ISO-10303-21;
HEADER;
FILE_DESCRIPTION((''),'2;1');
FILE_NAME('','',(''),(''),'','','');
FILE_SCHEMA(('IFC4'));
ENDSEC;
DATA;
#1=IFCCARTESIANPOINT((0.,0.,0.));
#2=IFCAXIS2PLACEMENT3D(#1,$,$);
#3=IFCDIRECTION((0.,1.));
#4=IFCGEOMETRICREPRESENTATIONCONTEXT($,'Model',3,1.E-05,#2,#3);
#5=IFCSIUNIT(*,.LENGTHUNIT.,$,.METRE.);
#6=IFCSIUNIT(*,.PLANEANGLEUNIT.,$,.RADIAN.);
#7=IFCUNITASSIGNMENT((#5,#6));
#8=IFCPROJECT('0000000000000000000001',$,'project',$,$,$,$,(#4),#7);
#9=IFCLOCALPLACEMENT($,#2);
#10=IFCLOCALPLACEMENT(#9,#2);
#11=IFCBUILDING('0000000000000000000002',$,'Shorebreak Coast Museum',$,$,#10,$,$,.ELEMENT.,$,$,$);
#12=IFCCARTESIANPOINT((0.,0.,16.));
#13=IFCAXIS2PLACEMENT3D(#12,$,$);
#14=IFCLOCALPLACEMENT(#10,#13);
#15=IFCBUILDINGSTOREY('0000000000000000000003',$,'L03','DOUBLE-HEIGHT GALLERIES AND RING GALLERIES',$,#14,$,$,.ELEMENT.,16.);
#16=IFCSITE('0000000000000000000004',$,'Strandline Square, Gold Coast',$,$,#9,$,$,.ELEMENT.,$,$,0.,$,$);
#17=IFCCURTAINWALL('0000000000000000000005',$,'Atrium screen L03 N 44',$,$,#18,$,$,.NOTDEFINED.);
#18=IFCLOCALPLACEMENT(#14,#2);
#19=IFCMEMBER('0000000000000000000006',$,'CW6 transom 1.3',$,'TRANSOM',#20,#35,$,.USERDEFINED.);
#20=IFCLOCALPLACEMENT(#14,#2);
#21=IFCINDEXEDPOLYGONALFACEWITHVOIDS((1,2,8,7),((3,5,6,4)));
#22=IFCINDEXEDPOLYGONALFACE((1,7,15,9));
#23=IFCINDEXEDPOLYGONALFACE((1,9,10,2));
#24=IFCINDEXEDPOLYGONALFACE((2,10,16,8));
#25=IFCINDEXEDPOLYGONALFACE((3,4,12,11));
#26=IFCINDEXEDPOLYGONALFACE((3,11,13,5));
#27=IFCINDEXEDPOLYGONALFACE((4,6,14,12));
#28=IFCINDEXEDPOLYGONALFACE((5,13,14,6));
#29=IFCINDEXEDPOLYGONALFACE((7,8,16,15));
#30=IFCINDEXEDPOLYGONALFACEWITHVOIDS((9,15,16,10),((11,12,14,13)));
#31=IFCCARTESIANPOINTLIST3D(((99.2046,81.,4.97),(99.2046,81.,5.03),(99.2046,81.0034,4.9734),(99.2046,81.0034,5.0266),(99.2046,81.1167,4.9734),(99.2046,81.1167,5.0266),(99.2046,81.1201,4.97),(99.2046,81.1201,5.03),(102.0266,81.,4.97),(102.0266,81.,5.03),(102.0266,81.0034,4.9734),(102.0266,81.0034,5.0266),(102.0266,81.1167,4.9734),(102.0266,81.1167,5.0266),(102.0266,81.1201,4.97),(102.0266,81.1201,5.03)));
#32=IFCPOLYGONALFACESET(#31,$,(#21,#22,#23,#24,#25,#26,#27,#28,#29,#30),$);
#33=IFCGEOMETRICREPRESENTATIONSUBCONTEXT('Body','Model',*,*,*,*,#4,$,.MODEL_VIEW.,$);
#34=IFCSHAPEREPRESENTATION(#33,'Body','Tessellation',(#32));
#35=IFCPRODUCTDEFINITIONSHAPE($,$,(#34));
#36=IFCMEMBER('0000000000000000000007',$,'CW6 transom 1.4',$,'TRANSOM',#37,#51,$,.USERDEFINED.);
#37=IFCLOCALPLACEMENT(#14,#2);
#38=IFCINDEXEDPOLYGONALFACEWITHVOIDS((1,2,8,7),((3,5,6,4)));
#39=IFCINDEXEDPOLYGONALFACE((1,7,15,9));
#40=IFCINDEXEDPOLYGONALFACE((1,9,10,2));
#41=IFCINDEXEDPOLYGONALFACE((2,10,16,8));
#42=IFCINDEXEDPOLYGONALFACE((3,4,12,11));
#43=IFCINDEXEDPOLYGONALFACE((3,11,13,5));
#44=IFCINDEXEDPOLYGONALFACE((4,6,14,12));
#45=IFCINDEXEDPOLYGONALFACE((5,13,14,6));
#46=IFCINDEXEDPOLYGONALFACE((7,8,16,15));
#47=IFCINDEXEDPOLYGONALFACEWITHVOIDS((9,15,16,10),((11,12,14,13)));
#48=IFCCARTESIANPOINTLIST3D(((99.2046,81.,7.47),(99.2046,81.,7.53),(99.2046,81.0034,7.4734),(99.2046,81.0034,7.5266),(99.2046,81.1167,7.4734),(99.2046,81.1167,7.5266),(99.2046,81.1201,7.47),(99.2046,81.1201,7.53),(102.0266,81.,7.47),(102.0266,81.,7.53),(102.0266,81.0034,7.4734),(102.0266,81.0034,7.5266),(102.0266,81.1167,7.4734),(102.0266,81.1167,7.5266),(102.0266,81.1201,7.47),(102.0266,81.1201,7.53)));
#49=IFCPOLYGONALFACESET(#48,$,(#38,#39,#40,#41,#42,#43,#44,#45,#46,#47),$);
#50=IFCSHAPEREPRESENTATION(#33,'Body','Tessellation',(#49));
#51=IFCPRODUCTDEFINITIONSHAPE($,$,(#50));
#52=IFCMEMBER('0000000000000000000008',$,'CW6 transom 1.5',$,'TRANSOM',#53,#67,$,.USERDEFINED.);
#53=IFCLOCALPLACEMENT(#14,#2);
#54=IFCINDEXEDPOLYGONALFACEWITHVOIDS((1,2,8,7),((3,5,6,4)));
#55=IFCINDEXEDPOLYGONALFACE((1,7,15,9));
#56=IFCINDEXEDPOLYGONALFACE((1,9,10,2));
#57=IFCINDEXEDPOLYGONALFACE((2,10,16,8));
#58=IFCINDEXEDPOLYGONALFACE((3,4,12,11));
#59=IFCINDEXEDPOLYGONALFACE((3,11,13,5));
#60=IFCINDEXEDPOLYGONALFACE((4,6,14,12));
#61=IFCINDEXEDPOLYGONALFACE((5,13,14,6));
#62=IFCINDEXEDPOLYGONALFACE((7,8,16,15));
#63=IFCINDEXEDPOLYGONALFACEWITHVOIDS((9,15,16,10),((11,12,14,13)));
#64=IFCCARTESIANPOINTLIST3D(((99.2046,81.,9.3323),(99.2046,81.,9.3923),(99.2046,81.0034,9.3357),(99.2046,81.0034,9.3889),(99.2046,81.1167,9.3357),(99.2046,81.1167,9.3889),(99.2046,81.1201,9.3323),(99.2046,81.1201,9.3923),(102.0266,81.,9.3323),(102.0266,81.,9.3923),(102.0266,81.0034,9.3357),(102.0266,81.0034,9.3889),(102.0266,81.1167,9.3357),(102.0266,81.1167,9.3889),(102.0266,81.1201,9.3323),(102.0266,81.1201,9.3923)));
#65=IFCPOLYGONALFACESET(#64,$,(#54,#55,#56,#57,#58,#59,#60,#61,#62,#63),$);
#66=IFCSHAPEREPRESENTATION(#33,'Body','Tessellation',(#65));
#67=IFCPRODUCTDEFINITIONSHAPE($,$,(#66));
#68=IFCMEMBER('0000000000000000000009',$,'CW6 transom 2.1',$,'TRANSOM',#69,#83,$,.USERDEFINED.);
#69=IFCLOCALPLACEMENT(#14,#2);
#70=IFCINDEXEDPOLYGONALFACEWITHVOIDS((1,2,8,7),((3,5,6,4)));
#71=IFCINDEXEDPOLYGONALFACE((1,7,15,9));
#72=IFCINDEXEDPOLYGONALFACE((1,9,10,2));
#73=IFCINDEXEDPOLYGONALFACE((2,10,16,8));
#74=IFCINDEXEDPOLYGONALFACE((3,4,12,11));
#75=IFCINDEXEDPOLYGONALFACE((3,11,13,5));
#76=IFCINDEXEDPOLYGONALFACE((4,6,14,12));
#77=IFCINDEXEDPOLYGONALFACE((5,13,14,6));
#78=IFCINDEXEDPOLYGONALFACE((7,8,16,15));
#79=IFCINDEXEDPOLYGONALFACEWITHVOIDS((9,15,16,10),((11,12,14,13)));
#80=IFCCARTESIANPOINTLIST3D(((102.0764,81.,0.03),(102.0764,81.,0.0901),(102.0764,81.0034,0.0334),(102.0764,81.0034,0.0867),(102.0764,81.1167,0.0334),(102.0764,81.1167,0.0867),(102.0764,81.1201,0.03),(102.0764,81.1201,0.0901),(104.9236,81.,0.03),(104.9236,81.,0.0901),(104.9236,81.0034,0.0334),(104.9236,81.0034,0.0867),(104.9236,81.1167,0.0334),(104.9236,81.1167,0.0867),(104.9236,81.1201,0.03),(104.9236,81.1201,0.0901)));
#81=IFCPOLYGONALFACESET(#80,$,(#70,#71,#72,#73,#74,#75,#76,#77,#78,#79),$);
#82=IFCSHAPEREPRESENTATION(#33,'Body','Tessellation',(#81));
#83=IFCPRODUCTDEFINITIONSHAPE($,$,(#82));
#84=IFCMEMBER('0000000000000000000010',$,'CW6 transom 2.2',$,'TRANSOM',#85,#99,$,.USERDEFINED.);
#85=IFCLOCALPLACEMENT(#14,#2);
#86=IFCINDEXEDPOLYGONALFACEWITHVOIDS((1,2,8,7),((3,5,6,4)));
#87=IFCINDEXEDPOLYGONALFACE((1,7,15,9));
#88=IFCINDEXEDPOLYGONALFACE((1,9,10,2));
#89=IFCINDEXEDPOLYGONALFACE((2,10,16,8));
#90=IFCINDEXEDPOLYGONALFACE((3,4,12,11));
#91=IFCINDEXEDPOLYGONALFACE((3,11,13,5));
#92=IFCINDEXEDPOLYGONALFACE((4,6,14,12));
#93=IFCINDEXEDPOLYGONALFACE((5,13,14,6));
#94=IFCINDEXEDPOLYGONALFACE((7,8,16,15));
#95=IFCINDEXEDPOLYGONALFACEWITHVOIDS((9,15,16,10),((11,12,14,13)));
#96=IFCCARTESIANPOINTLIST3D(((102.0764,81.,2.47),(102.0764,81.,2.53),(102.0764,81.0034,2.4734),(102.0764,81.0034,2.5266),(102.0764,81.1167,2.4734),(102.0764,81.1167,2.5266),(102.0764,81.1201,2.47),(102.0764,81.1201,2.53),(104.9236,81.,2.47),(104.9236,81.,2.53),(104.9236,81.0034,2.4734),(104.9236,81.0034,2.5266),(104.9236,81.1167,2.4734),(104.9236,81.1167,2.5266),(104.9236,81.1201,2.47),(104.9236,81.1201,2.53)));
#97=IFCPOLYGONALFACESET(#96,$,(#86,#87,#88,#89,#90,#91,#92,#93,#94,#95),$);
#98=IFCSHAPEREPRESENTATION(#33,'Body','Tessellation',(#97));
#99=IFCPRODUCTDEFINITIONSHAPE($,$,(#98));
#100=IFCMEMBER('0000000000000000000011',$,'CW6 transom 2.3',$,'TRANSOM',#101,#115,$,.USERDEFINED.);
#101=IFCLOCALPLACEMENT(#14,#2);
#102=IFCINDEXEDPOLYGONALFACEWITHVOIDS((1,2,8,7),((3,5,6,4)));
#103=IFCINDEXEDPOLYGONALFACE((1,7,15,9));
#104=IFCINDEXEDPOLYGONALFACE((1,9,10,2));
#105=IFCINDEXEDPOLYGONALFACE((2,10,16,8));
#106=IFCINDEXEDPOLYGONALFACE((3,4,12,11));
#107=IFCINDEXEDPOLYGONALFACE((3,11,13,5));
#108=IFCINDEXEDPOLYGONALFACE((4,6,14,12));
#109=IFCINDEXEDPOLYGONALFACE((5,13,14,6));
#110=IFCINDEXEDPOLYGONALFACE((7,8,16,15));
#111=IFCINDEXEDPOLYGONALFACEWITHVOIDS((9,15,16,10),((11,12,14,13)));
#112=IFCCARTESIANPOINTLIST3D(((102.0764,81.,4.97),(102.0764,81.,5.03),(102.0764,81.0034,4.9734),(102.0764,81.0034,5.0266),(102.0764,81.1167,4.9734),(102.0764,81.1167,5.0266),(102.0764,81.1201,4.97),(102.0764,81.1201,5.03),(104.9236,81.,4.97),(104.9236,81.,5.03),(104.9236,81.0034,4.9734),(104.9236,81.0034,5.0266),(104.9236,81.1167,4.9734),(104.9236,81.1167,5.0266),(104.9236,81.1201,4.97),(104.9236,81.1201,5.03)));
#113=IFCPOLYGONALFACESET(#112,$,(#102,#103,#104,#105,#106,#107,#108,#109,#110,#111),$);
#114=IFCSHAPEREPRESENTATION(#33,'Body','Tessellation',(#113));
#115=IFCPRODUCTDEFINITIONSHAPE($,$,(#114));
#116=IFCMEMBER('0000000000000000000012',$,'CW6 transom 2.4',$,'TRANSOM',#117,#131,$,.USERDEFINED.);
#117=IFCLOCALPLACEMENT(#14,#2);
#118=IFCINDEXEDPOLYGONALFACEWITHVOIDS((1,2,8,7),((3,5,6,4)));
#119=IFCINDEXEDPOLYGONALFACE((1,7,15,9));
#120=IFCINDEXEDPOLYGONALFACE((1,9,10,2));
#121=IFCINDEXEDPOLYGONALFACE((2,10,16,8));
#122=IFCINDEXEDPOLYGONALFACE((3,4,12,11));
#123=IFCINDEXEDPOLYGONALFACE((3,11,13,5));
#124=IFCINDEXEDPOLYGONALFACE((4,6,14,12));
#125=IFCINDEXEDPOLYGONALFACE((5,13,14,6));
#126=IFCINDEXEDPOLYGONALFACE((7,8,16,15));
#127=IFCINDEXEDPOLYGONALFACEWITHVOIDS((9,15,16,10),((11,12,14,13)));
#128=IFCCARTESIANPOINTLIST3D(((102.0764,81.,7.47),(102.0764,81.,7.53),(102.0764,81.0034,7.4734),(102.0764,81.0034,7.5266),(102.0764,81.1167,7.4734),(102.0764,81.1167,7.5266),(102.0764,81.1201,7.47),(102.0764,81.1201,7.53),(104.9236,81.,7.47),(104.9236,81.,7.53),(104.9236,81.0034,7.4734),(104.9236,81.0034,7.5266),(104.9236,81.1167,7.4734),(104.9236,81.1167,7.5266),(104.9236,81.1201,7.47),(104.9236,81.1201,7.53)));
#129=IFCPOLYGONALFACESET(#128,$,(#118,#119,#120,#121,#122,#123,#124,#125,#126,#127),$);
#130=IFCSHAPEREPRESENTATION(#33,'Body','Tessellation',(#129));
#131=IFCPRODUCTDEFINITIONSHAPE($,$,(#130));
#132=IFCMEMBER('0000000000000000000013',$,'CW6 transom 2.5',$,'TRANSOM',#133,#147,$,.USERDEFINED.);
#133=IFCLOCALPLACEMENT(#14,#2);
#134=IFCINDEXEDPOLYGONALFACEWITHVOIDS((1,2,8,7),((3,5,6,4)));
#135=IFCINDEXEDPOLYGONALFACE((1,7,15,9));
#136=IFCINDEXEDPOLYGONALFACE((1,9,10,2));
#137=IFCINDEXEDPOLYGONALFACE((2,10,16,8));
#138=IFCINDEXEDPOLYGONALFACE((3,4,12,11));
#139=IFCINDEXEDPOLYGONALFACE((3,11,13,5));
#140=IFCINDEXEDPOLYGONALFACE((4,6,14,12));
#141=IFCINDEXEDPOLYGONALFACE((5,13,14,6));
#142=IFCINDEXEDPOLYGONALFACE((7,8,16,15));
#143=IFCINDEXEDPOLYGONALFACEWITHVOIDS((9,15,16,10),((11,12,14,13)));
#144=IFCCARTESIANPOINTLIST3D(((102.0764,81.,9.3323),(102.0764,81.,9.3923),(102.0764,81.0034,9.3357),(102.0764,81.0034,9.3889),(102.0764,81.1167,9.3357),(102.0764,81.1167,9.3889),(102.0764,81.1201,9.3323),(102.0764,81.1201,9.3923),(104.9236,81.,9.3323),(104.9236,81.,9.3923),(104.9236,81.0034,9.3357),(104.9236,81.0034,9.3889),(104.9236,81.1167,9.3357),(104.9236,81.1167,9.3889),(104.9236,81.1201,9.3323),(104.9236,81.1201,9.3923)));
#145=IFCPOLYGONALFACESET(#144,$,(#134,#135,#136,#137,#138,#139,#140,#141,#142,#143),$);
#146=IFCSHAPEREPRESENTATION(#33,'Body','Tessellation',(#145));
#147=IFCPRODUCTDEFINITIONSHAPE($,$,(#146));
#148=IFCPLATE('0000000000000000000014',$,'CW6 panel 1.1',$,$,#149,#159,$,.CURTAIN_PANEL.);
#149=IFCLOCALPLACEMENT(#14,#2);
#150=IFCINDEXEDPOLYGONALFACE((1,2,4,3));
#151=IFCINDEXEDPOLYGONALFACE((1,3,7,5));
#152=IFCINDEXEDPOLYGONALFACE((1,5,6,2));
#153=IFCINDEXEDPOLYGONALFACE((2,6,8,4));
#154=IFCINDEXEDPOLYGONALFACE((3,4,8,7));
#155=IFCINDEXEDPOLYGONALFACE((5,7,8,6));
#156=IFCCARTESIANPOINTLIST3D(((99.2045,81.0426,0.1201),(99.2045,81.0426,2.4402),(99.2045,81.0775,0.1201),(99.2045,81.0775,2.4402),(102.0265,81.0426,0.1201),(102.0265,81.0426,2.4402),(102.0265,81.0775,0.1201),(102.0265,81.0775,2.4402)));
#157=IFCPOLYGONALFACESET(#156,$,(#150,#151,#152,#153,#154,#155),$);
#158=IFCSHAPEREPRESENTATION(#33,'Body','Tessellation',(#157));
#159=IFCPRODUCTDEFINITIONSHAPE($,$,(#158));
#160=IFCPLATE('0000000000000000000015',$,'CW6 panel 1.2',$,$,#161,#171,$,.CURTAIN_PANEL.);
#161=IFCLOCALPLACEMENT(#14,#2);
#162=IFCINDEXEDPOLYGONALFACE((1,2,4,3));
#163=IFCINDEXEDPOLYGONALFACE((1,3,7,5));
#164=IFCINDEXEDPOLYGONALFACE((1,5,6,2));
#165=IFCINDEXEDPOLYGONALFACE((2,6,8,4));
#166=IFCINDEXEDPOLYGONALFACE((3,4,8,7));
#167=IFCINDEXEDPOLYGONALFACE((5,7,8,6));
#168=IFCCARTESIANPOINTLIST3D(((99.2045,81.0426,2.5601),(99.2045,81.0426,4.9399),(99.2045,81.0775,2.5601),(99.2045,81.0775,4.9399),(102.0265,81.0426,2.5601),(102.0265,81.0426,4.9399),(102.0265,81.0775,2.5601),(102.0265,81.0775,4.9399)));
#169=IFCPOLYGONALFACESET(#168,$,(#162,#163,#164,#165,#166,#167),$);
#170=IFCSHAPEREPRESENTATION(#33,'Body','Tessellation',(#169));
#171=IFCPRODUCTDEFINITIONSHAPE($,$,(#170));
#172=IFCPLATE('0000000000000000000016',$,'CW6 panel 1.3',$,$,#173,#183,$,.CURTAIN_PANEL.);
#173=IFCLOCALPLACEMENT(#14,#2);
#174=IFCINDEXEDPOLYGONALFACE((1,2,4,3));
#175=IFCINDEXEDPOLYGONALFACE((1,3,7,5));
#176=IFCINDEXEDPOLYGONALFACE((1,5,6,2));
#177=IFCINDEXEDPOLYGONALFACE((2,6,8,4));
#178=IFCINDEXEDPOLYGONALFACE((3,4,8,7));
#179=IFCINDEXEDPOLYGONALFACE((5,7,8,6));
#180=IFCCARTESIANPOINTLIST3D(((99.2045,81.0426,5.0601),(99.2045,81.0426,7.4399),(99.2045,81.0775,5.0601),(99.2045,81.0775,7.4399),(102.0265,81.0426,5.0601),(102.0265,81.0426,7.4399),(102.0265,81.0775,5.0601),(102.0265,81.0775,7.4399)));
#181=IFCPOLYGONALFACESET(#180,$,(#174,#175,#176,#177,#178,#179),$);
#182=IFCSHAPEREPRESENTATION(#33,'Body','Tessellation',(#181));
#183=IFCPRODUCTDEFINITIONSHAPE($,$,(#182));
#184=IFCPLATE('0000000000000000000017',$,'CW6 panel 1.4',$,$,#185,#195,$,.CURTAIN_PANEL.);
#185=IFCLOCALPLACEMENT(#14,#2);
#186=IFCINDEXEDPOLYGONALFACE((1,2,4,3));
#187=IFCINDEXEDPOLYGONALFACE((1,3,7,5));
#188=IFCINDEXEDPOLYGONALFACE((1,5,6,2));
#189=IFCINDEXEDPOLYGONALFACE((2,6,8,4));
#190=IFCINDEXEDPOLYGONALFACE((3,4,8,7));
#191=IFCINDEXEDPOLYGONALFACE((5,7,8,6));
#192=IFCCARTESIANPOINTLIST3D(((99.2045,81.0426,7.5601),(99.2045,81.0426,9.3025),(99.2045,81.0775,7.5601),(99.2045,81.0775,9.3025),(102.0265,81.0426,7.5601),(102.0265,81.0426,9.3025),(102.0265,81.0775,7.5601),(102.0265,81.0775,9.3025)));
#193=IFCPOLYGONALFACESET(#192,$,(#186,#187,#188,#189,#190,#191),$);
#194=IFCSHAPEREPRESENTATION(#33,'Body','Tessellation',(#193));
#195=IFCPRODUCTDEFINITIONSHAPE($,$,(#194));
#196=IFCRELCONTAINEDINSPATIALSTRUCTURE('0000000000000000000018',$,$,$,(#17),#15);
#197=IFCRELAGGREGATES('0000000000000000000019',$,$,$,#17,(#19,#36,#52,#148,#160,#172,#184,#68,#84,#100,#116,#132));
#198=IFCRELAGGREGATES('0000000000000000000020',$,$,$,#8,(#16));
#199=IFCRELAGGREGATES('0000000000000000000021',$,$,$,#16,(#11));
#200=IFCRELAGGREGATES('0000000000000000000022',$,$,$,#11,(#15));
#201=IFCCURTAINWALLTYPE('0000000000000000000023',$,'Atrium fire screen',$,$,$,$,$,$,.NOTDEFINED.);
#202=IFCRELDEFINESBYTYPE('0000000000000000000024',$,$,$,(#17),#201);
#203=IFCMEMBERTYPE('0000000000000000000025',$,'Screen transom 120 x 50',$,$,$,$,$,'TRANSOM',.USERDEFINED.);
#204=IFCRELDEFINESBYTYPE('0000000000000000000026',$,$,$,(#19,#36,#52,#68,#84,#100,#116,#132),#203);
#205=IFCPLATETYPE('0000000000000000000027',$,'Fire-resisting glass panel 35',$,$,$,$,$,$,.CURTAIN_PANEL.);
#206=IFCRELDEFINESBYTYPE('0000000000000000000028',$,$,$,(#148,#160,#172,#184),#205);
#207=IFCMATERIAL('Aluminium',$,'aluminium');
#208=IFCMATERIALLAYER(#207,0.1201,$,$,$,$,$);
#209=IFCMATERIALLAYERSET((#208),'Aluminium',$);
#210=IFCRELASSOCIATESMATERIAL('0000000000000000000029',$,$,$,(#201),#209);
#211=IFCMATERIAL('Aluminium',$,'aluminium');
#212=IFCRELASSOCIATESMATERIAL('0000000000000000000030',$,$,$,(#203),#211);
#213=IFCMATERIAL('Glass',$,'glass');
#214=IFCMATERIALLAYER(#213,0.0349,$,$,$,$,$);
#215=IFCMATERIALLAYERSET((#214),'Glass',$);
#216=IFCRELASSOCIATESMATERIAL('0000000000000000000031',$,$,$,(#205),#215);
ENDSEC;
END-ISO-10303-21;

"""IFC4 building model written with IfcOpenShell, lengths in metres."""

from ifc_helpers import new_model, si_unit, direction, frame, origin, origin_2d, place, context, subcontext, project, spatial, rectangle, hollow_rectangle, extrude, material, layer, layer_set, material_profile, profile_set, type_object, element, aggregate, save


model = new_model("IFC4")

# Units and contexts
model_context = context("Model", 3, precision=1e-05, world=origin(), true_north=direction((0.0, 1.0)))
body_context = subcontext(model_context, "Body", "Model", "MODEL_VIEW")
ifc_project = project(units=[si_unit("LENGTHUNIT", "METRE"), si_unit("PLANEANGLEUNIT", "RADIAN")], contexts=[model_context])

# Site, building, storey
site_placement = place(None, origin())
site = spatial("IfcSite", under=ifc_project, at=site_placement, Name="Strandline Square, Gold Coast", CompositionType="ELEMENT", RefElevation=0.0)
building_placement = place(site_placement, origin())
building = spatial("IfcBuilding", under=site, at=building_placement, Name="Shorebreak Coast Museum", CompositionType="ELEMENT")
storey_placement = place(building_placement, frame((0.0, 0.0, 16.0)))
storey = spatial("IfcBuildingStorey", under=building, at=storey_placement, Name="L03", Description="DOUBLE-HEIGHT GALLERIES AND RING GALLERIES", CompositionType="ELEMENT", Elevation=16.0)

# Curtain wall, members, plates
ifc_material_1 = material(Name="Aluminium", Category="aluminium")
ifc_layer_1 = layer(ifc_material_1, 0.1201)
ifc_layer_set_1 = layer_set([ifc_layer_1], Name="Aluminium")
curtain_wall_type = type_object("IfcCurtainWallType", Name="Atrium fire screen", PredefinedType="NOTDEFINED", material=ifc_layer_set_1)
curtain_wall_1_placement = place(storey_placement, origin())
curtain_wall_1 = element("IfcCurtainWall", 1, at=curtain_wall_1_placement, inside=storey, type_object=curtain_wall_type, Name="Atrium screen L03 N 44", PredefinedType="NOTDEFINED")
ifc_material_2 = material(Name="Aluminium", Category="aluminium")
ifc_material_profile_1 = material_profile(ifc_material_2, hollow_rectangle(XDim=0.1201, YDim=0.0601, WallThickness=0.0034, at=origin_2d()), Name="AL 60x120 RHS")
ifc_profile_set_1 = profile_set([ifc_material_profile_1], Name="Aluminium")
member_type_1 = type_object("IfcMemberType", Name="Screen transom 120 x 50", ElementType="TRANSOM", PredefinedType="USERDEFINED", material=ifc_profile_set_1)
member_1_placement = place(storey_placement, frame((99.2046, 81.0601, 5.0), z_axis=(1.0, 0.0, 0.0), x_axis=(0.0, 1.0, 0.0)))
member_1 = element("IfcMember", 2, at=member_1_placement, type_object=member_type_1, Name="CW6 transom 1.3", ObjectType="TRANSOM", PredefinedType="USERDEFINED", context=body_context, shape_type="SweptSolid", body=[
    extrude(hollow_rectangle(XDim=0.1201, YDim=0.0601, WallThickness=0.0034, at=origin_2d()), origin(), (0.0, 0.0, 1.0), 2.822),
])
member_2_placement = place(storey_placement, frame((99.2046, 81.0601, 7.5), z_axis=(1.0, 0.0, 0.0), x_axis=(0.0, 1.0, 0.0)))
member_2 = element("IfcMember", 3, at=member_2_placement, type_object=member_type_1, Name="CW6 transom 1.4", ObjectType="TRANSOM", PredefinedType="USERDEFINED", context=body_context, shape_type="SweptSolid", body=[
    extrude(hollow_rectangle(XDim=0.1201, YDim=0.0601, WallThickness=0.0034, at=origin_2d()), origin(), (0.0, 0.0, 1.0), 2.822),
])
member_3_placement = place(storey_placement, frame((99.2046, 81.0601, 9.3623), z_axis=(1.0, 0.0, 0.0), x_axis=(0.0, 1.0, 0.0)))
member_3 = element("IfcMember", 4, at=member_3_placement, type_object=member_type_1, Name="CW6 transom 1.5", ObjectType="TRANSOM", PredefinedType="USERDEFINED", context=body_context, shape_type="SweptSolid", body=[
    extrude(hollow_rectangle(XDim=0.1201, YDim=0.0601, WallThickness=0.0034, at=origin_2d()), origin(), (0.0, 0.0, 1.0), 2.822),
])
member_4_placement = place(storey_placement, frame((102.0764, 81.0601, 0.0601), z_axis=(1.0, 0.0, 0.0), x_axis=(0.0, 1.0, 0.0)))
member_4 = element("IfcMember", 5, at=member_4_placement, type_object=member_type_1, Name="CW6 transom 2.1", ObjectType="TRANSOM", PredefinedType="USERDEFINED", context=body_context, shape_type="SweptSolid", body=[
    extrude(hollow_rectangle(XDim=0.1201, YDim=0.0601, WallThickness=0.0034, at=origin_2d()), origin(), (0.0, 0.0, 1.0), 2.8472),
])
member_5_placement = place(storey_placement, frame((102.0764, 81.0601, 2.5), z_axis=(1.0, 0.0, 0.0), x_axis=(0.0, 1.0, 0.0)))
member_5 = element("IfcMember", 6, at=member_5_placement, type_object=member_type_1, Name="CW6 transom 2.2", ObjectType="TRANSOM", PredefinedType="USERDEFINED", context=body_context, shape_type="SweptSolid", body=[
    extrude(hollow_rectangle(XDim=0.1201, YDim=0.0601, WallThickness=0.0034, at=origin_2d()), origin(), (0.0, 0.0, 1.0), 2.8472),
])
member_6_placement = place(storey_placement, frame((102.0764, 81.0601, 5.0), z_axis=(1.0, 0.0, 0.0), x_axis=(0.0, 1.0, 0.0)))
member_6 = element("IfcMember", 7, at=member_6_placement, type_object=member_type_1, Name="CW6 transom 2.3", ObjectType="TRANSOM", PredefinedType="USERDEFINED", context=body_context, shape_type="SweptSolid", body=[
    extrude(hollow_rectangle(XDim=0.1201, YDim=0.0601, WallThickness=0.0034, at=origin_2d()), origin(), (0.0, 0.0, 1.0), 2.8472),
])
member_7_placement = place(storey_placement, frame((102.0764, 81.0601, 7.5), z_axis=(1.0, 0.0, 0.0), x_axis=(0.0, 1.0, 0.0)))
member_7 = element("IfcMember", 8, at=member_7_placement, type_object=member_type_1, Name="CW6 transom 2.4", ObjectType="TRANSOM", PredefinedType="USERDEFINED", context=body_context, shape_type="SweptSolid", body=[
    extrude(hollow_rectangle(XDim=0.1201, YDim=0.0601, WallThickness=0.0034, at=origin_2d()), origin(), (0.0, 0.0, 1.0), 2.8472),
])
member_8_placement = place(storey_placement, frame((102.0764, 81.0601, 9.3623), z_axis=(1.0, 0.0, 0.0), x_axis=(0.0, 1.0, 0.0)))
member_8 = element("IfcMember", 9, at=member_8_placement, type_object=member_type_1, Name="CW6 transom 2.5", ObjectType="TRANSOM", PredefinedType="USERDEFINED", context=body_context, shape_type="SweptSolid", body=[
    extrude(hollow_rectangle(XDim=0.1201, YDim=0.0601, WallThickness=0.0034, at=origin_2d()), origin(), (0.0, 0.0, 1.0), 2.8472),
])
ifc_material_3 = material(Name="Glass", Category="glass")
ifc_layer_2 = layer(ifc_material_3, 0.0349)
ifc_layer_set_2 = layer_set([ifc_layer_2], Name="Glass")
plate_type = type_object("IfcPlateType", Name="Fire-resisting glass panel 35", PredefinedType="CURTAIN_PANEL", material=ifc_layer_set_2)
plate_1_placement = place(storey_placement, frame((100.6155, 81.0601, 0.1201), z_axis=(0.0, 0.0, 1.0), x_axis=(1.0, 0.0, 0.0)))
plate_1 = element("IfcPlate", 10, at=plate_1_placement, type_object=plate_type, Name="CW6 panel 1.1", PredefinedType="CURTAIN_PANEL", context=body_context, shape_type="SweptSolid", body=[
    extrude(rectangle(XDim=2.822, YDim=0.0349, at=origin_2d()), origin(), (0.0, 0.0, 1.0), 2.3201),
])
plate_2_placement = place(storey_placement, frame((100.6155, 81.0601, 2.5601), z_axis=(0.0, 0.0, 1.0), x_axis=(1.0, 0.0, 0.0)))
plate_2 = element("IfcPlate", 11, at=plate_2_placement, type_object=plate_type, Name="CW6 panel 1.2", PredefinedType="CURTAIN_PANEL", context=body_context, shape_type="SweptSolid", body=[
    extrude(rectangle(XDim=2.822, YDim=0.0349, at=origin_2d()), origin(), (0.0, 0.0, 1.0), 2.3799),
])
plate_3_placement = place(storey_placement, frame((100.6155, 81.0601, 5.0601), z_axis=(0.0, 0.0, 1.0), x_axis=(1.0, 0.0, 0.0)))
plate_3 = element("IfcPlate", 12, at=plate_3_placement, type_object=plate_type, Name="CW6 panel 1.3", PredefinedType="CURTAIN_PANEL", context=body_context, shape_type="SweptSolid", body=[
    extrude(rectangle(XDim=2.822, YDim=0.0349, at=origin_2d()), origin(), (0.0, 0.0, 1.0), 2.3799),
])
plate_4_placement = place(storey_placement, frame((100.6155, 81.0601, 7.5601), z_axis=(0.0, 0.0, 1.0), x_axis=(1.0, 0.0, 0.0)))
plate_4 = element("IfcPlate", 13, at=plate_4_placement, type_object=plate_type, Name="CW6 panel 1.4", PredefinedType="CURTAIN_PANEL", context=body_context, shape_type="SweptSolid", body=[
    extrude(rectangle(XDim=2.822, YDim=0.0349, at=origin_2d()), origin(), (0.0, 0.0, 1.0), 1.7424),
])
aggregate(curtain_wall_1, [member_1, member_2, member_3, plate_1, plate_2, plate_3, plate_4, member_4, member_5, member_6, member_7, member_8])

save(model, "model.ifc")
